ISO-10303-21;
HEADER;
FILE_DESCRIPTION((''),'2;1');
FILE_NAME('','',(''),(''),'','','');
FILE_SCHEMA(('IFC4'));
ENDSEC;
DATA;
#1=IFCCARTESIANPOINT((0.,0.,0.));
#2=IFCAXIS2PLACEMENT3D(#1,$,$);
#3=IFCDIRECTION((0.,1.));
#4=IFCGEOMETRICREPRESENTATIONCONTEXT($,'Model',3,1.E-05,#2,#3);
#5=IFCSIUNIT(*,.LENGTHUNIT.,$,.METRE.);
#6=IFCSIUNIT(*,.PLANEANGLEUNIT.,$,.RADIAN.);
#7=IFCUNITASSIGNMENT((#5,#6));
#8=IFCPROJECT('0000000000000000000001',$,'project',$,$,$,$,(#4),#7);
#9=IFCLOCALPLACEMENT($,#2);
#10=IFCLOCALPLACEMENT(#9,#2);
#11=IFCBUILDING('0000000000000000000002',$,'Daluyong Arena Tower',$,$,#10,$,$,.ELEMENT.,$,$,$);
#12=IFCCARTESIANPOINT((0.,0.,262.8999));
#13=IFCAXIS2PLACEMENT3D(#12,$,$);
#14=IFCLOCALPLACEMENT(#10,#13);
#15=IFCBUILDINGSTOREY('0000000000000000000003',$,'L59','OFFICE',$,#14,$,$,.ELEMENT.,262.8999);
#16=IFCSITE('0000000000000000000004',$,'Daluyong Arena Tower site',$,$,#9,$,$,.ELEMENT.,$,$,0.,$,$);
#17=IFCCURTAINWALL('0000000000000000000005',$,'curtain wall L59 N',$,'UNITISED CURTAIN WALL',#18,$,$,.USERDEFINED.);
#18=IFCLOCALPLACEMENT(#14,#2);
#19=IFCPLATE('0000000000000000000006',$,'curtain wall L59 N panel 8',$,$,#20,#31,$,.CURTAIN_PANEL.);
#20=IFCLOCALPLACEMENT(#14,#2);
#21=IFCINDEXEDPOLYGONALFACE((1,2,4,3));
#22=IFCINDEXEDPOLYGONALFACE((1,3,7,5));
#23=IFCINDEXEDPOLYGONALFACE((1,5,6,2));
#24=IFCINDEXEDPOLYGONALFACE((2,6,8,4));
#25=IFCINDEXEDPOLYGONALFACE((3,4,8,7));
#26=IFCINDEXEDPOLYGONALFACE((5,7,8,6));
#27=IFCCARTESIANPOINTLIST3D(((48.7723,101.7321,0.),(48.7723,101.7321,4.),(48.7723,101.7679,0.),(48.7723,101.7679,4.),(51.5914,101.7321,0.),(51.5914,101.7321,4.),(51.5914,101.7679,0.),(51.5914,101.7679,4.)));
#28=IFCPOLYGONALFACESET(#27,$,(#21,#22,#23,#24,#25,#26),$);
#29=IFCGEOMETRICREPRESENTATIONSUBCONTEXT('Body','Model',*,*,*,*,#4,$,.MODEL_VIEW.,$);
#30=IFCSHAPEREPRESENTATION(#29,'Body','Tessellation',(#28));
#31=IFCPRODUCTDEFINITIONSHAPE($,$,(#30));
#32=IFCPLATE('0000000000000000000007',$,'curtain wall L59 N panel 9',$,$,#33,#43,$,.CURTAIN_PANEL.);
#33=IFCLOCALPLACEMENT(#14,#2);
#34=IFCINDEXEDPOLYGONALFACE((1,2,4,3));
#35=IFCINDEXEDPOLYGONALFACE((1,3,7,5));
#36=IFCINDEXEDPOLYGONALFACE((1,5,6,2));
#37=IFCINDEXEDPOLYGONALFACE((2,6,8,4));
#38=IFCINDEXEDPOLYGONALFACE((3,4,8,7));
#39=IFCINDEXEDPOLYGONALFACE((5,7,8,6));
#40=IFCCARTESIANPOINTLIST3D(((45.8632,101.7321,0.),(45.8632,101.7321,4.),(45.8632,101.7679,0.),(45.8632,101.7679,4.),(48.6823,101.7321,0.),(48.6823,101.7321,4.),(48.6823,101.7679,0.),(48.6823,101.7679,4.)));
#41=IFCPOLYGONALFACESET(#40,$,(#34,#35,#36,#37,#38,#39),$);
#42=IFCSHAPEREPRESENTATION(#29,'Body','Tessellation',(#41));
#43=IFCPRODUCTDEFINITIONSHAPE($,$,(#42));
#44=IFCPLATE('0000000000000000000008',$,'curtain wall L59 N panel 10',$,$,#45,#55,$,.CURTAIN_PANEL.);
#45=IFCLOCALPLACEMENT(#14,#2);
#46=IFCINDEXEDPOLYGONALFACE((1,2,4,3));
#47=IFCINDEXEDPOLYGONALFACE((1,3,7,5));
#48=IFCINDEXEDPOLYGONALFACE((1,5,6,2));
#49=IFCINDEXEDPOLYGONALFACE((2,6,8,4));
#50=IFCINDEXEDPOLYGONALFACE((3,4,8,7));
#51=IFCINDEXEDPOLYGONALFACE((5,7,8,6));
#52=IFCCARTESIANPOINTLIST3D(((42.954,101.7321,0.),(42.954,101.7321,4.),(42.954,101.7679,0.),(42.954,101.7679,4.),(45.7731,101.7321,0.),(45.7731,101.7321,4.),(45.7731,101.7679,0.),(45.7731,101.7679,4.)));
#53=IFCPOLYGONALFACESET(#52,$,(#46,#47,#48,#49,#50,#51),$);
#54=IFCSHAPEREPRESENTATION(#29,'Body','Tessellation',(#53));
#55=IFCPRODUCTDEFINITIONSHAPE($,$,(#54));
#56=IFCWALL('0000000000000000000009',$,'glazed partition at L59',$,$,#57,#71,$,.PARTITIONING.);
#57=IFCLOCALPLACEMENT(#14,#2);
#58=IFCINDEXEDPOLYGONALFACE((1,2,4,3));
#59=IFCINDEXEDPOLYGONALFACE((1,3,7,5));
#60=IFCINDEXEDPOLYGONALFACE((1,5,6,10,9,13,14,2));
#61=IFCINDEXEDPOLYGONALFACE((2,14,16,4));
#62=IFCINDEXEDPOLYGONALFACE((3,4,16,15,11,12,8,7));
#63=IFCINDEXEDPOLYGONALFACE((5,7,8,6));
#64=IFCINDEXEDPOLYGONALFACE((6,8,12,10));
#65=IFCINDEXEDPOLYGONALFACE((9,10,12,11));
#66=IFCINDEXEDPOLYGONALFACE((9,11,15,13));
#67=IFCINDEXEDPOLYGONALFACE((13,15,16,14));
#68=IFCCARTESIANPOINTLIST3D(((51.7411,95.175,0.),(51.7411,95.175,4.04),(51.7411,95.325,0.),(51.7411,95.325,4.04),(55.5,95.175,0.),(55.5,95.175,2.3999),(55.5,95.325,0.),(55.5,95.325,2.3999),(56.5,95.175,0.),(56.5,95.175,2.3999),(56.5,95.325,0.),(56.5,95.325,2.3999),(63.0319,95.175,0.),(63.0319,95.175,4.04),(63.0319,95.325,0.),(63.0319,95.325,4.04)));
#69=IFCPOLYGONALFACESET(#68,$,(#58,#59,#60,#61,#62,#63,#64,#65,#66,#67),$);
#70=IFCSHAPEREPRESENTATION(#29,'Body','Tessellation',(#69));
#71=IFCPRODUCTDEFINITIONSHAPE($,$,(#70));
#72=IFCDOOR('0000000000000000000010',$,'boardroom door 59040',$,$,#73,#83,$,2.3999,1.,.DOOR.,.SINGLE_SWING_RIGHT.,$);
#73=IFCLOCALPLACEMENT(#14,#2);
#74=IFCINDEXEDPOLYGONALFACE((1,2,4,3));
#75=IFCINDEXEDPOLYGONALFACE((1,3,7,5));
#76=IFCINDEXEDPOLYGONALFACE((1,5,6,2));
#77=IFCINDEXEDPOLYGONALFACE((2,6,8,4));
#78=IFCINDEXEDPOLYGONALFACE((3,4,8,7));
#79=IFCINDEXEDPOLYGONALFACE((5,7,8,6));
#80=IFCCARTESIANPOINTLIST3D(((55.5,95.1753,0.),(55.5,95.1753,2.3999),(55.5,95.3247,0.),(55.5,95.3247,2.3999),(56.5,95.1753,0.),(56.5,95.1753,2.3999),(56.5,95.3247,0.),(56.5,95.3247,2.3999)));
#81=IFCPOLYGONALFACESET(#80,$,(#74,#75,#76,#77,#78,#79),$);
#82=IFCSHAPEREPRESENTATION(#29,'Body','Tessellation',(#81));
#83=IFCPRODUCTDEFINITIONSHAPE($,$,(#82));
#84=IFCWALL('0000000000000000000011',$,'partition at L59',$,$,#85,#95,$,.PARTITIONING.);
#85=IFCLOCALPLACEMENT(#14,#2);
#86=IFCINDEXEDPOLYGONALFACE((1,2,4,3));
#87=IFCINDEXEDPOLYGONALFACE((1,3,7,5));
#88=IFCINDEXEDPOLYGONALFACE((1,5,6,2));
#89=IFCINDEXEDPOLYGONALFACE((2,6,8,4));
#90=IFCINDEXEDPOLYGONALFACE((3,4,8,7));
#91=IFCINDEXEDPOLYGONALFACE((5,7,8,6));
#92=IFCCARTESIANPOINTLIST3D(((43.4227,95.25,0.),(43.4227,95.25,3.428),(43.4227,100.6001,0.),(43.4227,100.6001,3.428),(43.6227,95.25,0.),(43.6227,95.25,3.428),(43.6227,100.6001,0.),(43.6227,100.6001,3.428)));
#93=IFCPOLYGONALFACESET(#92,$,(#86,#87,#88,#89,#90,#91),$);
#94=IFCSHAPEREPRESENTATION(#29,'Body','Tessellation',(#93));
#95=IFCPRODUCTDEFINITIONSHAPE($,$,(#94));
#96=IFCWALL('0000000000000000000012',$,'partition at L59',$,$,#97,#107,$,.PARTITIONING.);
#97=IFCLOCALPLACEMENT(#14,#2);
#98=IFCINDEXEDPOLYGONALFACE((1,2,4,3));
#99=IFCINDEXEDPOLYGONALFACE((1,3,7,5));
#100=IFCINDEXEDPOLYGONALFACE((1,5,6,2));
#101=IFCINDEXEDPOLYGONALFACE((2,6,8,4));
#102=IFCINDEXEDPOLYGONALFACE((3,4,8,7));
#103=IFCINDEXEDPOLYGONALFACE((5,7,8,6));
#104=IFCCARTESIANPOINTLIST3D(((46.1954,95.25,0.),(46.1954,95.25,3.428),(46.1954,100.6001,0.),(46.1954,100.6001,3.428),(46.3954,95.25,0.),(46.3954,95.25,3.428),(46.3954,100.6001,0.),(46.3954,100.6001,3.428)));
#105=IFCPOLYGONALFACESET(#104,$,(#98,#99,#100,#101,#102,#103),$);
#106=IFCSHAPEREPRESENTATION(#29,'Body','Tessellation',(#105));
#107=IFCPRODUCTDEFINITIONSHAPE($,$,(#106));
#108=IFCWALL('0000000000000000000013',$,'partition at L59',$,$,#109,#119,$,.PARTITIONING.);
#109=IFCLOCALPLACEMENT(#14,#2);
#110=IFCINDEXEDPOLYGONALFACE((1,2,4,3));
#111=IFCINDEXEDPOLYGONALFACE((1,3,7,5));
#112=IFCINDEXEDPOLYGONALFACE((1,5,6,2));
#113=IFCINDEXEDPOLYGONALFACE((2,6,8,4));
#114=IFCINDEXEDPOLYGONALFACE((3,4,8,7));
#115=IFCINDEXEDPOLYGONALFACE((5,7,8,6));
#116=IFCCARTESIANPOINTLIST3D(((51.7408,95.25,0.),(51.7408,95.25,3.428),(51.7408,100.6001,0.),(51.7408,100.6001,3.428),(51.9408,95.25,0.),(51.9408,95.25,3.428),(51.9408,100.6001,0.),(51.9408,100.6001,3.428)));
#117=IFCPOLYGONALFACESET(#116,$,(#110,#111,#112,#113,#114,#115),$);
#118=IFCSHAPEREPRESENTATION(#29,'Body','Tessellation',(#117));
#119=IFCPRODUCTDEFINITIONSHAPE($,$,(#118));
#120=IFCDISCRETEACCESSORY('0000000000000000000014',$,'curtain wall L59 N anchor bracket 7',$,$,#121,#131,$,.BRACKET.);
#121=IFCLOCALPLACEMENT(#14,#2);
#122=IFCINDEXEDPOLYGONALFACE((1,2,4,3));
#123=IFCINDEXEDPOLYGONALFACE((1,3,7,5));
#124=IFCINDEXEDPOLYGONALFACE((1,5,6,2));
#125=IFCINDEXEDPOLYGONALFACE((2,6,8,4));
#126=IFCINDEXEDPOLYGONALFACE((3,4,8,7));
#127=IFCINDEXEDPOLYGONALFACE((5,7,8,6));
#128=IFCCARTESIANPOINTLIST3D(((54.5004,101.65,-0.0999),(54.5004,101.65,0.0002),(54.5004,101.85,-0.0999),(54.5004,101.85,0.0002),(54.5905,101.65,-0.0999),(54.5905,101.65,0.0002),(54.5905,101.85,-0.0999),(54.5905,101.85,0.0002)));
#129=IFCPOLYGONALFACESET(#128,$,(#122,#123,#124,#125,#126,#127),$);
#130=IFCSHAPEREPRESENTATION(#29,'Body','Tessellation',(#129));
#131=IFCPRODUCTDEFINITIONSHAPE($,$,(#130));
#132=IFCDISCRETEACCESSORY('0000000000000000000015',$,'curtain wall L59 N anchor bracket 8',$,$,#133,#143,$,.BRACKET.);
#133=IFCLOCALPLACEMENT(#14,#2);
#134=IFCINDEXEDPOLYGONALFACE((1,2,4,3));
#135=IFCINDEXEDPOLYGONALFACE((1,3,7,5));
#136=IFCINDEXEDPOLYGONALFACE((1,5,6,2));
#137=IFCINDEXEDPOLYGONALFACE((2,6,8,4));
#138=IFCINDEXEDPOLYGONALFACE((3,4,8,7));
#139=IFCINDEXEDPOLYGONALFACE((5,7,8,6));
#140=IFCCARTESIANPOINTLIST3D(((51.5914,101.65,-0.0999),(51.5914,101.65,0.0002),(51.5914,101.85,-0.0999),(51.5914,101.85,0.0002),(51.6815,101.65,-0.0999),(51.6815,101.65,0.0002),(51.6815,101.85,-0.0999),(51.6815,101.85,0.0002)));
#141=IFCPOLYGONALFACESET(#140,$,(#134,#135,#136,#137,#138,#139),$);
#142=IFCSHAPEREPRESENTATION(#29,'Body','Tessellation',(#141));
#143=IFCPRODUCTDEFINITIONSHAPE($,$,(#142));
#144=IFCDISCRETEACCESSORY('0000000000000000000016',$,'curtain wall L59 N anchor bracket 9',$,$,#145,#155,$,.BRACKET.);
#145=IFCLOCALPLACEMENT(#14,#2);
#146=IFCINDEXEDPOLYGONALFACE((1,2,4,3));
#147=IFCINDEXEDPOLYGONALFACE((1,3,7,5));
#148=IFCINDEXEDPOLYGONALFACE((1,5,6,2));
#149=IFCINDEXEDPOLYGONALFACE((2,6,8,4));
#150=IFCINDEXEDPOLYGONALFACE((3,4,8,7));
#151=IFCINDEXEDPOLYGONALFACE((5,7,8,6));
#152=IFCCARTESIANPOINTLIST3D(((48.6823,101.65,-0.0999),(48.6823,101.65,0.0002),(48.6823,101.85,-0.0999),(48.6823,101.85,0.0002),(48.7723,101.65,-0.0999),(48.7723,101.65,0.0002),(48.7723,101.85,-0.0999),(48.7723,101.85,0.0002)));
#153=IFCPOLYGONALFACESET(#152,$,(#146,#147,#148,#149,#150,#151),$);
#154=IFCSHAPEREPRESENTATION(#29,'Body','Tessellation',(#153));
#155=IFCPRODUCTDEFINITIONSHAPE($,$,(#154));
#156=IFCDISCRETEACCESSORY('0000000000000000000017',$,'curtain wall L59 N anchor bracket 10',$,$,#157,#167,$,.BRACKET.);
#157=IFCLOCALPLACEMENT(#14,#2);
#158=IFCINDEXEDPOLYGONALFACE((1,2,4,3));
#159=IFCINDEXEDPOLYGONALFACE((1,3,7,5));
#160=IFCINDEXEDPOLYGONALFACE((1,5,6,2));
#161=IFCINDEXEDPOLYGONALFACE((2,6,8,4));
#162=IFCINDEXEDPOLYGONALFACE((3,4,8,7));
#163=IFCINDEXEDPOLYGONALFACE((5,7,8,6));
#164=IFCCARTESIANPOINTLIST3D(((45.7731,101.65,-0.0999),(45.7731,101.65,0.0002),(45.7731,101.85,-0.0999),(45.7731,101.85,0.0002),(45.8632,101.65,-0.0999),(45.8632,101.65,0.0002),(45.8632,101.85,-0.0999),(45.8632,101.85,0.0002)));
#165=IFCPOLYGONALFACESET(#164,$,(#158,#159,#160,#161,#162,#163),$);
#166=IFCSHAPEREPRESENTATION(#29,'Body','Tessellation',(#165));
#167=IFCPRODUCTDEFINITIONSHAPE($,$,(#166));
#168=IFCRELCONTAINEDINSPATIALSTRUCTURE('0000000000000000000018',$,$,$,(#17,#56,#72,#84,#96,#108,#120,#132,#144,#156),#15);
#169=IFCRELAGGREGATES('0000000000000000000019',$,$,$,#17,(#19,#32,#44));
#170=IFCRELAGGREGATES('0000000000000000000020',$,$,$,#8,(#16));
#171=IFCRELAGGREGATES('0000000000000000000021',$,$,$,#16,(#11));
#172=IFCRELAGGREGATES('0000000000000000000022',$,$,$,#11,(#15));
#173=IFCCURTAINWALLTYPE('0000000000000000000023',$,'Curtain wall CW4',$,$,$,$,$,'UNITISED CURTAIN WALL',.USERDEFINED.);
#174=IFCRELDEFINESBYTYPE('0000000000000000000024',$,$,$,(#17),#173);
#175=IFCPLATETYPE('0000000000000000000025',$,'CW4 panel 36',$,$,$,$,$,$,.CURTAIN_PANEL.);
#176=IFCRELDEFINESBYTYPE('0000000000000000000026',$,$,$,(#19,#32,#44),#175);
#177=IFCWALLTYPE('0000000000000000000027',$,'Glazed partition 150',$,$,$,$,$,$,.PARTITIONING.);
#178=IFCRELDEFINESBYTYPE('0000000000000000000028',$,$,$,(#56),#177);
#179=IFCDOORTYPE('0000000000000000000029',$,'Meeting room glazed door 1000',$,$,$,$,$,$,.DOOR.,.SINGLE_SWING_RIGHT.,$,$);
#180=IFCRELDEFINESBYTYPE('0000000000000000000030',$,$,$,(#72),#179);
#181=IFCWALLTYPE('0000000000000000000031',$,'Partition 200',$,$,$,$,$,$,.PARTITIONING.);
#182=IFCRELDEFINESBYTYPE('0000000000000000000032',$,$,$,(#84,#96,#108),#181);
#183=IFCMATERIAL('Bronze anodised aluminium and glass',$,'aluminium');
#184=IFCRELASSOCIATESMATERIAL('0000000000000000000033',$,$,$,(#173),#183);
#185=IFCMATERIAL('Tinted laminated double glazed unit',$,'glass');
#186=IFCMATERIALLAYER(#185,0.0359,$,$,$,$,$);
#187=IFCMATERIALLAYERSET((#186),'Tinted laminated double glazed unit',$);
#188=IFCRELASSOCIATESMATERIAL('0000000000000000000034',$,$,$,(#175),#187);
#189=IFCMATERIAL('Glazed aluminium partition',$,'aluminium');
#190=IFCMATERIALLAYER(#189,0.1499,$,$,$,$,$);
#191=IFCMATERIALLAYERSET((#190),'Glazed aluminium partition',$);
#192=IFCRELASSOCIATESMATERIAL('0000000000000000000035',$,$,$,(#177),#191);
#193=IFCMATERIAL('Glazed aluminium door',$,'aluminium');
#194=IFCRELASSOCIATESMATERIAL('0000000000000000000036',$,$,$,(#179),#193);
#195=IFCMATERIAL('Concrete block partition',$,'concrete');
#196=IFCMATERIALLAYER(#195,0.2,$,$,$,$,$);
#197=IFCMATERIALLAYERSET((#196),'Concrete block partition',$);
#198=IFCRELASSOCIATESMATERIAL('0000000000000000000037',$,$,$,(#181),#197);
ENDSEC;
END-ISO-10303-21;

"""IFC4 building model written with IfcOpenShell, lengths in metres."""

from ifc_helpers import new_model, si_unit, direction, frame, frame_2d, origin, origin_2d, place, context, subcontext, project, spatial, rectangle, extrude, material, layer, layer_set, type_object, element, fill, aggregate, save


model = new_model("IFC4")

# Units and contexts
model_context = context("Model", 3, precision=1e-05, world=origin(), true_north=direction((0.0, 1.0)))
body_context = subcontext(model_context, "Body", "Model", "MODEL_VIEW")
ifc_project = project(units=[si_unit("LENGTHUNIT", "METRE"), si_unit("PLANEANGLEUNIT", "RADIAN")], contexts=[model_context])

# Site, building, storey
site_placement = place(None, origin())
site = spatial("IfcSite", under=ifc_project, at=site_placement, Name="Daluyong Arena Tower site", CompositionType="ELEMENT", RefElevation=0.0)
building_placement = place(site_placement, origin())
building = spatial("IfcBuilding", under=site, at=building_placement, Name="Daluyong Arena Tower", CompositionType="ELEMENT")
storey_placement = place(building_placement, frame((0.0, 0.0, 262.8999)))
storey = spatial("IfcBuildingStorey", under=building, at=storey_placement, Name="L59", Description="OFFICE", CompositionType="ELEMENT", Elevation=262.8999)

# Curtain wall
ifc_material_1 = material(Name="Bronze anodised aluminium and glass", Category="aluminium")
curtain_wall_type = type_object("IfcCurtainWallType", Name="Curtain wall CW4", ElementType="UNITISED CURTAIN WALL", PredefinedType="USERDEFINED", material=ifc_material_1)
curtain_wall_placement = place(storey_placement, origin())
curtain_wall = element("IfcCurtainWall", 1, at=curtain_wall_placement, inside=storey, type_object=curtain_wall_type, Name="curtain wall L59 N", ObjectType="UNITISED CURTAIN WALL", PredefinedType="USERDEFINED")

# Plates
ifc_material_2 = material(Name="Tinted laminated double glazed unit", Category="glass")
ifc_layer_1 = layer(ifc_material_2, 0.0359)
ifc_layer_set_1 = layer_set([ifc_layer_1], Name="Tinted laminated double glazed unit")
plate_type = type_object("IfcPlateType", Name="CW4 panel 36", PredefinedType="CURTAIN_PANEL", material=ifc_layer_set_1)
plate_1_placement = place(storey_placement, frame((50.1819, 101.75, 0.0), z_axis=(0.0, 0.0, 1.0), x_axis=(-1.0, 0.0, 0.0)))
plate_1 = element("IfcPlate", 2, at=plate_1_placement, type_object=plate_type, Name="curtain wall L59 N panel 8", PredefinedType="CURTAIN_PANEL", context=body_context, shape_type="SweptSolid", body=[
    extrude(rectangle(XDim=2.8191, YDim=0.0359, at=origin_2d()), origin(), (0.0, 0.0, 1.0), 4.0),
])
plate_2_placement = place(storey_placement, frame((47.2727, 101.75, 0.0), z_axis=(0.0, 0.0, 1.0), x_axis=(-1.0, 0.0, 0.0)))
plate_2 = element("IfcPlate", 3, at=plate_2_placement, type_object=plate_type, Name="curtain wall L59 N panel 9", PredefinedType="CURTAIN_PANEL", context=body_context, shape_type="SweptSolid", body=[
    extrude(rectangle(XDim=2.8191, YDim=0.0359, at=origin_2d()), origin(), (0.0, 0.0, 1.0), 4.0),
])
plate_3_placement = place(storey_placement, frame((44.3635, 101.75, 0.0), z_axis=(0.0, 0.0, 1.0), x_axis=(-1.0, 0.0, 0.0)))
plate_3 = element("IfcPlate", 4, at=plate_3_placement, type_object=plate_type, Name="curtain wall L59 N panel 10", PredefinedType="CURTAIN_PANEL", context=body_context, shape_type="SweptSolid", body=[
    extrude(rectangle(XDim=2.8191, YDim=0.0359, at=origin_2d()), origin(), (0.0, 0.0, 1.0), 4.0),
])
aggregate(curtain_wall, [plate_1, plate_2, plate_3])

# Wall, opening, door
ifc_material_3 = material(Name="Glazed aluminium partition", Category="aluminium")
ifc_layer_2 = layer(ifc_material_3, 0.1499)
ifc_layer_set_2 = layer_set([ifc_layer_2], Name="Glazed aluminium partition")
wall_type_1 = type_object("IfcWallType", Name="Glazed partition 150", PredefinedType="PARTITIONING", material=ifc_layer_set_2)
wall_placement = place(storey_placement, frame((51.741, 95.25, 0.0), z_axis=(0.0, 0.0, 1.0), x_axis=(1.0, 0.0, 0.0)))
wall = element("IfcWall", 5, at=wall_placement, inside=storey, type_object=wall_type_1, Name="glazed partition at L59", PredefinedType="PARTITIONING", context=body_context, shape_type="SweptSolid", body=[
    extrude(rectangle(XDim=11.2908, YDim=0.1499, at=frame_2d((5.6455, 0.0))), origin(), (0.0, 0.0, 1.0), 4.04),
])
opening_placement = place(wall_placement, frame((3.759, 0.0, 0.0)))
opening = element("IfcOpeningElement", 6, at=opening_placement, cuts=wall, PredefinedType="OPENING", context=body_context, shape_type="SweptSolid", body=[
    extrude(rectangle(XDim=1.0, YDim=2.3999, at=frame_2d((0.5, 1.2))), frame((0.0, 0.085, 0.0), z_axis=(0.0, -1.0, 0.0), x_axis=(1.0, 0.0, 0.0)), (0.0, 0.0, 1.0), 0.1699),
])
ifc_material_4 = material(Name="Glazed aluminium door", Category="aluminium")
door_type = type_object("IfcDoorType", Name="Meeting room glazed door 1000", OperationType="SINGLE_SWING_RIGHT", PredefinedType="DOOR", material=ifc_material_4)
door_placement = place(opening_placement, origin())
door = element("IfcDoor", 7, at=door_placement, inside=storey, type_object=door_type, Name="boardroom door 59040", OperationType="SINGLE_SWING_RIGHT", OverallHeight=2.3999, OverallWidth=1.0, PredefinedType="DOOR", context=body_context, shape_type="SweptSolid", body=[
    extrude(rectangle(XDim=1.0, YDim=2.3999, at=frame_2d((0.5, 1.2))), frame((0.0, 0.0747, 0.0), z_axis=(0.0, -1.0, 0.0), x_axis=(1.0, 0.0, 0.0)), (0.0, 0.0, 1.0), 0.1494),
])
fill(opening, door)

# Walls
ifc_material_5 = material(Name="Concrete block partition", Category="concrete")
ifc_layer_3 = layer(ifc_material_5, 0.2)
ifc_layer_set_3 = layer_set([ifc_layer_3], Name="Concrete block partition")
wall_type_2 = type_object("IfcWallType", Name="Partition 200", PredefinedType="PARTITIONING", material=ifc_layer_set_3)
for number, where, z_axis, x_axis, name in (
    (8, (43.5227, 95.25, 0.0), (0.0, 0.0, 1.0), (0.0, 1.0, 0.0), "partition at L59"),
    (9, (46.2954, 95.25, 0.0), (0.0, 0.0, 1.0), (0.0, 1.0, 0.0), "partition at L59"),
    (10, (51.8408, 95.25, 0.0), (0.0, 0.0, 1.0), (0.0, 1.0, 0.0), "partition at L59"),
):
    element("IfcWall", number, at=place(storey_placement, frame(where, z_axis=z_axis, x_axis=x_axis)), inside=storey, type_object=wall_type_2, Name=name, PredefinedType="PARTITIONING", context=body_context, shape_type="SweptSolid", body=[
        extrude(rectangle(XDim=5.3501, YDim=0.2, at=frame_2d((2.675, 0.0))), origin(), (0.0, 0.0, 1.0), 3.428),
    ])

# Discrete accessories
for number, where, z_axis, x_axis, name in (
    (11, (54.5454, 101.75, -0.0999), (0.0, 0.0, 1.0), (-1.0, 0.0, 0.0), "curtain wall L59 N anchor bracket 7"),
    (12, (51.6365, 101.75, -0.0999), (0.0, 0.0, 1.0), (-1.0, 0.0, 0.0), "curtain wall L59 N anchor bracket 8"),
    (13, (48.7273, 101.75, -0.0999), (0.0, 0.0, 1.0), (-1.0, 0.0, 0.0), "curtain wall L59 N anchor bracket 9"),
    (14, (45.8181, 101.75, -0.0999), (0.0, 0.0, 1.0), (-1.0, 0.0, 0.0), "curtain wall L59 N anchor bracket 10"),
):
    element("IfcDiscreteAccessory", number, at=place(storey_placement, frame(where, z_axis=z_axis, x_axis=x_axis)), inside=storey, Name=name, PredefinedType="BRACKET", context=body_context, shape_type="SweptSolid", body=[
        extrude(rectangle(XDim=0.0901, YDim=0.2, at=origin_2d()), origin(), (0.0, 0.0, 1.0), 0.1001),
    ])

save(model, "model.ifc")
